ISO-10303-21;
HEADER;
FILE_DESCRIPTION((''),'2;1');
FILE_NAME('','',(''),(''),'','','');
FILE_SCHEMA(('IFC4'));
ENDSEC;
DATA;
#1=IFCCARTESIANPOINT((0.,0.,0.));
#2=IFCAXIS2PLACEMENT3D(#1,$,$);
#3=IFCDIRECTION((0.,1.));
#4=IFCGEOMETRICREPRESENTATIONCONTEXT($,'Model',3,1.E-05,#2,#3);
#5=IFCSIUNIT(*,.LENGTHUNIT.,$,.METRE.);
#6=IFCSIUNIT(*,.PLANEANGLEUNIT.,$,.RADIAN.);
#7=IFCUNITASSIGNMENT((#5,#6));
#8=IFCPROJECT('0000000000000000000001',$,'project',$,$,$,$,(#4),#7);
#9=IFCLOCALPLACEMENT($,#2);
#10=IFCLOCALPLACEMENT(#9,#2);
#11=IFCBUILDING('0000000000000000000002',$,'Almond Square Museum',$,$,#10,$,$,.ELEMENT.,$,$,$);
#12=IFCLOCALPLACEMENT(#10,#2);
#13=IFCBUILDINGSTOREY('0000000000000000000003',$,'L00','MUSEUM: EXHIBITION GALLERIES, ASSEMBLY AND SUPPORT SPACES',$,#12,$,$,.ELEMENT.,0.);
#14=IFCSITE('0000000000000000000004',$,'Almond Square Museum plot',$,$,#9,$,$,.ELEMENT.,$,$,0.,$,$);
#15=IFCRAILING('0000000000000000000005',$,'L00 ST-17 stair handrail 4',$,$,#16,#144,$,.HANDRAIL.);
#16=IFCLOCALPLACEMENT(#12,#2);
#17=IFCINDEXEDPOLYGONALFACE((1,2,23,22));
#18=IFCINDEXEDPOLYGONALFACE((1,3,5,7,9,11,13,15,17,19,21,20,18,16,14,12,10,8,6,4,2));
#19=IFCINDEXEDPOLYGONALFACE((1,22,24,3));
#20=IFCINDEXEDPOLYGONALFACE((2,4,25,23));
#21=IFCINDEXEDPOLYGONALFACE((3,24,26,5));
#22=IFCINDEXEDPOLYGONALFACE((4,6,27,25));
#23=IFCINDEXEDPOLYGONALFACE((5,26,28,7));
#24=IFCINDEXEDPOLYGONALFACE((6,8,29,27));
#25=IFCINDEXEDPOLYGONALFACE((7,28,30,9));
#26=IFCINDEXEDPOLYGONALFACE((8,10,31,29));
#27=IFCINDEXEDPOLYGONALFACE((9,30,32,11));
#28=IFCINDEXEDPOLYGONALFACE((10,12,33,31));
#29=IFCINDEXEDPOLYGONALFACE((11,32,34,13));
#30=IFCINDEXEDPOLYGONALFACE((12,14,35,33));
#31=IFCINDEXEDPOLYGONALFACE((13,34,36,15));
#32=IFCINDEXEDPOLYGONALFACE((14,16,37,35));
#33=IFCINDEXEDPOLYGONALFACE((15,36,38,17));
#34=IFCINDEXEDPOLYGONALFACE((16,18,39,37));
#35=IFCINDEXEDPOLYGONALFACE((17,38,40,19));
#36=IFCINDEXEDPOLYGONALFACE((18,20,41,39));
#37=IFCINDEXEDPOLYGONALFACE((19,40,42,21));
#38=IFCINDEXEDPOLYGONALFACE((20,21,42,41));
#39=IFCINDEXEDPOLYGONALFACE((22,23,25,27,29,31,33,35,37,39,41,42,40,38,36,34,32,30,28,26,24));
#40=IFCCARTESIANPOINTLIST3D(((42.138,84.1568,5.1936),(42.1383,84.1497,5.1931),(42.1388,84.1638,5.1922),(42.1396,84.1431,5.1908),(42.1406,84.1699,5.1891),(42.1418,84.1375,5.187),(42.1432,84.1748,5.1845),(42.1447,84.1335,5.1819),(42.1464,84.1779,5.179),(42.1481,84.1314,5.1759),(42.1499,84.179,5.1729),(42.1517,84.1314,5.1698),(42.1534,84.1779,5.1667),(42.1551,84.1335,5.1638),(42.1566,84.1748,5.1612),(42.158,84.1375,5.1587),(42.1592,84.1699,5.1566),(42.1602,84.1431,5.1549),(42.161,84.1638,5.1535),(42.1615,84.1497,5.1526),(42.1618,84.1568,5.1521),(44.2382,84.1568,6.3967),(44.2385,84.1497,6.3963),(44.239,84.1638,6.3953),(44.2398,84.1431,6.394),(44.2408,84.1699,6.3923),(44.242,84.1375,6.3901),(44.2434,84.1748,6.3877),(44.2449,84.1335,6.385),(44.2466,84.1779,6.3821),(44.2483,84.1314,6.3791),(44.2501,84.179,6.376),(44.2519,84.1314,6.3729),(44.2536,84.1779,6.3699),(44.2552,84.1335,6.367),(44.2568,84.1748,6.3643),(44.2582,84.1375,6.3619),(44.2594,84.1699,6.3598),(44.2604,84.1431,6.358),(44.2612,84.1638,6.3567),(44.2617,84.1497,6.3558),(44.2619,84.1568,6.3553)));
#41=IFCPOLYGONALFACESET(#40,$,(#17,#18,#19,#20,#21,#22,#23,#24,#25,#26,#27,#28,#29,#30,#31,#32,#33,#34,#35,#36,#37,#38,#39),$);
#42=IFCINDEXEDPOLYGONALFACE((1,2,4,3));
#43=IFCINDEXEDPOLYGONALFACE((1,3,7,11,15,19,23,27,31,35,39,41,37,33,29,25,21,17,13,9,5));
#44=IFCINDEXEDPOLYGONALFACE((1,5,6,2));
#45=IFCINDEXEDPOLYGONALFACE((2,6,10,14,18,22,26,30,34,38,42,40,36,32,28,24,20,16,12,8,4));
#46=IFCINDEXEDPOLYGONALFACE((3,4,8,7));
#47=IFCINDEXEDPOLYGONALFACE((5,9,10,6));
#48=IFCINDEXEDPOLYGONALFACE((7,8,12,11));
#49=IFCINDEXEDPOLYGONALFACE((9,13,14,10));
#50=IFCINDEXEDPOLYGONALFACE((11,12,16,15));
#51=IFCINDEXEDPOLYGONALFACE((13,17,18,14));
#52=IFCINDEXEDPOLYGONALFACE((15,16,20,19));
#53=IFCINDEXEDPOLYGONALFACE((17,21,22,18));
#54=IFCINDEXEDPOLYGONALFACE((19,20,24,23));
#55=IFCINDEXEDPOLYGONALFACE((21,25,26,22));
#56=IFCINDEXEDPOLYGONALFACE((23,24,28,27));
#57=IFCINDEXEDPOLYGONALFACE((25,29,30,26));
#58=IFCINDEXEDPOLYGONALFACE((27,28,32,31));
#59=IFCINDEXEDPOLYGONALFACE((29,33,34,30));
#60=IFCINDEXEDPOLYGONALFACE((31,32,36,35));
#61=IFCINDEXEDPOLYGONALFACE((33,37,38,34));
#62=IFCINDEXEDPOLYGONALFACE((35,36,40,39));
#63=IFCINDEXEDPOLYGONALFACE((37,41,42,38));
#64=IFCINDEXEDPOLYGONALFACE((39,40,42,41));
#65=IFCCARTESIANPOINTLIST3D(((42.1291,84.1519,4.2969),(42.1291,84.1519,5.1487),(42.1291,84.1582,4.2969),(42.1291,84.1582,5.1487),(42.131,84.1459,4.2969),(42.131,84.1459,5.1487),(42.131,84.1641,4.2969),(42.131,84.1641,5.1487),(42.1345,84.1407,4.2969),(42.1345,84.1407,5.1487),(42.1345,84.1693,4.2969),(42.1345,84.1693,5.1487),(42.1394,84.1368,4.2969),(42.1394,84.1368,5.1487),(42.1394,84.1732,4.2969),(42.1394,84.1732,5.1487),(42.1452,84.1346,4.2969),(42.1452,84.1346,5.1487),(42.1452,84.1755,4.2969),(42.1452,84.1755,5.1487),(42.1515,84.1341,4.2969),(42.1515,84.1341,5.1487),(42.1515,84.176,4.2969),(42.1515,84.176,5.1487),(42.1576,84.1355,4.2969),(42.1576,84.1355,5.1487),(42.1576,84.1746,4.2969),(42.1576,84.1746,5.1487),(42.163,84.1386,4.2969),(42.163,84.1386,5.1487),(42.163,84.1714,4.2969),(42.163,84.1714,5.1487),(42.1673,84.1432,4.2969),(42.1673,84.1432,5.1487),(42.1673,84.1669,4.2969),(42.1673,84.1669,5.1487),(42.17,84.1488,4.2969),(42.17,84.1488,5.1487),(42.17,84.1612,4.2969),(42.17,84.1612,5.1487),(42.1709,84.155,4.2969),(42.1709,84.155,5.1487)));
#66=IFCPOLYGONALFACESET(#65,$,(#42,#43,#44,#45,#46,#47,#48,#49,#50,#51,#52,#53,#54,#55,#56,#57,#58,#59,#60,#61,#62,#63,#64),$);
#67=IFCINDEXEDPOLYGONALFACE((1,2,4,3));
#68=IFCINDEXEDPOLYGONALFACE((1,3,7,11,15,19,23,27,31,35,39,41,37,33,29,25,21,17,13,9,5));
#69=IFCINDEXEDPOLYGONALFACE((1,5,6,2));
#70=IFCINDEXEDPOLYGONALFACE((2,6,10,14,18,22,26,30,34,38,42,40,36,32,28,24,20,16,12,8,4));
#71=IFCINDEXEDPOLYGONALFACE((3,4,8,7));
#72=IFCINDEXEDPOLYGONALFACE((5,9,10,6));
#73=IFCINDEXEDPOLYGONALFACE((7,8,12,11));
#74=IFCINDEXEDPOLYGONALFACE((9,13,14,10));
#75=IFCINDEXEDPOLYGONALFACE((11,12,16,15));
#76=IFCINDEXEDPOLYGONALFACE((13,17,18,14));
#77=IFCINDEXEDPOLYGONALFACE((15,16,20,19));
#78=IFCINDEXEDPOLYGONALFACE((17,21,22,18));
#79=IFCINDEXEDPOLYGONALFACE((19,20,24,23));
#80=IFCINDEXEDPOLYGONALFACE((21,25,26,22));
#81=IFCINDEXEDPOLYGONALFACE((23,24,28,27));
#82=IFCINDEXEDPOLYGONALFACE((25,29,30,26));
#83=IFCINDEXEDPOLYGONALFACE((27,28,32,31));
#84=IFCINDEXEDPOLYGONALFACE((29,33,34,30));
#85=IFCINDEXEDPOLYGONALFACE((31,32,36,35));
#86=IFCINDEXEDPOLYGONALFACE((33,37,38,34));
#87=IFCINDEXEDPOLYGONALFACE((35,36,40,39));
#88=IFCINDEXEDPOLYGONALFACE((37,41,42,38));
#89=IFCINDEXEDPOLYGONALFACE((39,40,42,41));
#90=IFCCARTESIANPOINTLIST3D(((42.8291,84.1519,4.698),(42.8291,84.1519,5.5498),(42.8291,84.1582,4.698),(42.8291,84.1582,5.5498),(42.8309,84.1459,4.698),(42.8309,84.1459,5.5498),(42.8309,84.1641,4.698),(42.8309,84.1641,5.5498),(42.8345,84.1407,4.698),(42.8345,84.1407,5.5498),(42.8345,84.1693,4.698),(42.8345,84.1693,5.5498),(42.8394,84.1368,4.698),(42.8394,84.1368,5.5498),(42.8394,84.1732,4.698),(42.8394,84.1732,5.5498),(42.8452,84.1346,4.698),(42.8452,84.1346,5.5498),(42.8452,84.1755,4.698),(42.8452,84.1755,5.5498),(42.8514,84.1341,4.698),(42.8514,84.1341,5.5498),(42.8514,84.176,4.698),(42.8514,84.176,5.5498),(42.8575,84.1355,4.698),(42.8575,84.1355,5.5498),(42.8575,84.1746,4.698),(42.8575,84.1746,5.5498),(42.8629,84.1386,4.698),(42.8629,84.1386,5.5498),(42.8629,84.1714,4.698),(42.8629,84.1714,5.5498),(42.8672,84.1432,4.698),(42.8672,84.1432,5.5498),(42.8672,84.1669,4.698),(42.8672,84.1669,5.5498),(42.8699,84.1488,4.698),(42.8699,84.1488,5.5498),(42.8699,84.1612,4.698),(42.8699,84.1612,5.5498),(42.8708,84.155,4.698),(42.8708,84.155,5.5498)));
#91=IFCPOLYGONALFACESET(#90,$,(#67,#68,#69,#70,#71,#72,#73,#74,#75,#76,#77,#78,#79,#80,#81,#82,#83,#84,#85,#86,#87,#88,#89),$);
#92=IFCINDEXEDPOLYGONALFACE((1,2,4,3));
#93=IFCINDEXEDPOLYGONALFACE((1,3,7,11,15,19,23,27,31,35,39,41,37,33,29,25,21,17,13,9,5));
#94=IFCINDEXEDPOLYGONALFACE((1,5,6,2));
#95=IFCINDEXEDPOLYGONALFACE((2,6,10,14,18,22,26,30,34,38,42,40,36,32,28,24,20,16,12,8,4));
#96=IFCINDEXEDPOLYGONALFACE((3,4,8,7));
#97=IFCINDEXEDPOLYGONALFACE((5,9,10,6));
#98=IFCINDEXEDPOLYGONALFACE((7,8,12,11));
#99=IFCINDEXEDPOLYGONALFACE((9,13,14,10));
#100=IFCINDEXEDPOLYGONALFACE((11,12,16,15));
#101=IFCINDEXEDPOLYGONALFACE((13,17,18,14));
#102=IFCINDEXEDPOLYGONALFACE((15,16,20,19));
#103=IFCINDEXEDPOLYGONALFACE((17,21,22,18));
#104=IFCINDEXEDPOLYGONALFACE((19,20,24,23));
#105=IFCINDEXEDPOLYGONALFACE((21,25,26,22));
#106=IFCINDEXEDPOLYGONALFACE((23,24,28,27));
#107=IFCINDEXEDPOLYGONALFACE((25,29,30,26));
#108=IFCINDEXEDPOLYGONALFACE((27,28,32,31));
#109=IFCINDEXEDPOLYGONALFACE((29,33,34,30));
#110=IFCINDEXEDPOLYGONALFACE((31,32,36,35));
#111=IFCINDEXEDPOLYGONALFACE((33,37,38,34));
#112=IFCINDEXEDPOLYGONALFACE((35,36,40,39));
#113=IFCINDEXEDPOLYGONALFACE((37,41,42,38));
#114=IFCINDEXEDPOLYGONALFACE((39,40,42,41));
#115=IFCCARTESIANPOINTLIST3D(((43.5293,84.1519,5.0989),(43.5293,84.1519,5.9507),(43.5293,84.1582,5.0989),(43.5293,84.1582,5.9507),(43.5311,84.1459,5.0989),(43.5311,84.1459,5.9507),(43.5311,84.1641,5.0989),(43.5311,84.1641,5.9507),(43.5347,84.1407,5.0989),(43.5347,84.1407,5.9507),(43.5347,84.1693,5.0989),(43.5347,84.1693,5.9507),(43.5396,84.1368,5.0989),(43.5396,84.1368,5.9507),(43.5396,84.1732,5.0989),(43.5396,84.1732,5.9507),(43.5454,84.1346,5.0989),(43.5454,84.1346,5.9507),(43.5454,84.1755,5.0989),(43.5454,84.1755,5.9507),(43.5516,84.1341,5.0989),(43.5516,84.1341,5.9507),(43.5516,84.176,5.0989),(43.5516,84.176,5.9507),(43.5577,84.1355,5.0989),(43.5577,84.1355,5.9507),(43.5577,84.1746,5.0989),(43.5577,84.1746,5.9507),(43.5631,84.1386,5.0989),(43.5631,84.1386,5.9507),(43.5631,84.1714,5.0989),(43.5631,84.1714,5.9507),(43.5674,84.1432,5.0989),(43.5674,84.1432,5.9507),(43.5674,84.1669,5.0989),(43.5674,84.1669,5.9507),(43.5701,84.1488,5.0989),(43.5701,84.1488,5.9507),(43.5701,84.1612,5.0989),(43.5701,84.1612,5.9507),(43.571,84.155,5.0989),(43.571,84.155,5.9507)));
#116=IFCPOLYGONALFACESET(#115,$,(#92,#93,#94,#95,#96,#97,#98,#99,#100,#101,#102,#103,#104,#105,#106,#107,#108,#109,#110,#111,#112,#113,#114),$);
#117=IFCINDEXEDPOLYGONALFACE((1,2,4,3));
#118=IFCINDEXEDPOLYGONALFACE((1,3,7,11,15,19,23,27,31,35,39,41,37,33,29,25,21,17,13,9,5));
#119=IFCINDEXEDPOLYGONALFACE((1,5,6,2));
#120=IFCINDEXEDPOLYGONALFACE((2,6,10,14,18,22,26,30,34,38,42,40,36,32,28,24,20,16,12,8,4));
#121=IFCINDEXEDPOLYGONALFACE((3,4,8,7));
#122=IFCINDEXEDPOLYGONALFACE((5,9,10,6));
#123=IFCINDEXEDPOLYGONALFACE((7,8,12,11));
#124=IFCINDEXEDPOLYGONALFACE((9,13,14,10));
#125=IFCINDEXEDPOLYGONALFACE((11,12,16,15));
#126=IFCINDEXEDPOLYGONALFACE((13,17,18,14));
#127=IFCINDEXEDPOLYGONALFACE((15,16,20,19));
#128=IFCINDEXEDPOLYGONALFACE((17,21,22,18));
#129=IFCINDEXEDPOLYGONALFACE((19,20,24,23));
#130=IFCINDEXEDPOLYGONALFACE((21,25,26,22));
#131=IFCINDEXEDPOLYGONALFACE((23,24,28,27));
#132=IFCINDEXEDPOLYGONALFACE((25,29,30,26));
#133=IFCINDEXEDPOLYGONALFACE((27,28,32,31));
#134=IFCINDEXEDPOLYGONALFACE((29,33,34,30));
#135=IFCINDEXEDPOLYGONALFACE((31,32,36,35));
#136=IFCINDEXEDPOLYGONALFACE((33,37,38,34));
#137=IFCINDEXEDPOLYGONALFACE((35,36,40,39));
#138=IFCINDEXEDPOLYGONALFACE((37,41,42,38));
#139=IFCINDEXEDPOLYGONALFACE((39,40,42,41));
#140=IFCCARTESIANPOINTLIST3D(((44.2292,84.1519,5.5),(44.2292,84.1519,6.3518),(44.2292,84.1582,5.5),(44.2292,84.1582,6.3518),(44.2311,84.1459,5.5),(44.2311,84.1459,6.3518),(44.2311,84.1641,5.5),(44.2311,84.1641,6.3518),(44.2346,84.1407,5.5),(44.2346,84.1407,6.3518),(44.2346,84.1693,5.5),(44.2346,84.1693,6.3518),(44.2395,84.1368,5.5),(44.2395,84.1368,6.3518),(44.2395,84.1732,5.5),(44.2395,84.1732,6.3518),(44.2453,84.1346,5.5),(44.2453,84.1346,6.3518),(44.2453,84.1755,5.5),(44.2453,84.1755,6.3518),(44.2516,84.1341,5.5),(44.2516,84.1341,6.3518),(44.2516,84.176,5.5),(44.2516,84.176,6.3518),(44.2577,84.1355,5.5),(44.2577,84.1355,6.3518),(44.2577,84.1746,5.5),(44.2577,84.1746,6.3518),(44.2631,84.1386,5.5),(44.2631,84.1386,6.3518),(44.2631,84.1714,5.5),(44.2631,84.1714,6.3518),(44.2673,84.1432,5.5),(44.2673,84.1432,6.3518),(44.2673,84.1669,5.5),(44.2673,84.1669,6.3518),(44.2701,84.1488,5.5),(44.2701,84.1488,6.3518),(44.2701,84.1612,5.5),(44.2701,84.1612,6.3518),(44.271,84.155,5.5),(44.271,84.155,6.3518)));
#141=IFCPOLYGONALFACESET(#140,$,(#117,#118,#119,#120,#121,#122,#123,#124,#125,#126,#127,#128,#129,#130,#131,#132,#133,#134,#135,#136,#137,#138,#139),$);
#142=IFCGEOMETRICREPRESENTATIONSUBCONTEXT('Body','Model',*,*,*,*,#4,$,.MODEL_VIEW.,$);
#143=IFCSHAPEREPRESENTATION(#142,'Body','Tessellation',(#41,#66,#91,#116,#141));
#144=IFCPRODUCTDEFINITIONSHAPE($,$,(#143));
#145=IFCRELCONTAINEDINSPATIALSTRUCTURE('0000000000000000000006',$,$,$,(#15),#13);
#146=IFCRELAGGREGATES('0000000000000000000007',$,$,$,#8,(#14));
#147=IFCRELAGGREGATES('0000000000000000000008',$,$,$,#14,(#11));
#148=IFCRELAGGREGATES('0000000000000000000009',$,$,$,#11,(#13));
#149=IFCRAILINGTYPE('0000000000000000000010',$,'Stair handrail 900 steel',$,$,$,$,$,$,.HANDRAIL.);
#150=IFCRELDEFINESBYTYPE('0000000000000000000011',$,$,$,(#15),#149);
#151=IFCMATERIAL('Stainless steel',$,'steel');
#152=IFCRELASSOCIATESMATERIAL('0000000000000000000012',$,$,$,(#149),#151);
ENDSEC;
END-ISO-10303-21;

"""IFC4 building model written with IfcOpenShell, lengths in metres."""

from ifc_helpers import new_model, si_unit, direction, frame, origin, origin_2d, place, context, subcontext, project, spatial, circle, extrude, material, type_object, element, save


model = new_model("IFC4")

# Units and contexts
model_context = context("Model", 3, precision=1e-05, world=origin(), true_north=direction((0.0, 1.0)))
body_context = subcontext(model_context, "Body", "Model", "MODEL_VIEW")
ifc_project = project(units=[si_unit("LENGTHUNIT", "METRE"), si_unit("PLANEANGLEUNIT", "RADIAN")], contexts=[model_context])

# Site, building, storey
site_placement = place(None, origin())
site = spatial("IfcSite", under=ifc_project, at=site_placement, Name="Almond Square Museum plot", CompositionType="ELEMENT", RefElevation=0.0)
building_placement = place(site_placement, origin())
building = spatial("IfcBuilding", under=site, at=building_placement, Name="Almond Square Museum", CompositionType="ELEMENT")
storey_placement = place(building_placement, origin())
storey = spatial("IfcBuildingStorey", under=building, at=storey_placement, Name="L00", Description="MUSEUM: EXHIBITION GALLERIES, ASSEMBLY AND SUPPORT SPACES", CompositionType="ELEMENT", Elevation=0.0)

# Railing
ifc_material_1 = material(Name="Stainless steel", Category="steel")
railing_type = type_object("IfcRailingType", Name="Stair handrail 900 steel", PredefinedType="HANDRAIL", material=ifc_material_1)
for number, where, name in (
    (1, (42.1499, 84.155, 4.2969), "L00 ST-17 stair handrail 4"),
):
    element("IfcRailing", number, at=place(storey_placement, frame(where)), inside=storey, type_object=railing_type, Name=name, PredefinedType="HANDRAIL", context=body_context, shape_type="SweptSolid", body=[
        extrude(circle(Radius=0.0239, at=origin_2d()), frame((0.0, 0.0, 0.876), z_axis=(0.867696, 0.0, 0.497095), x_axis=(0.0, 1.0, 0.0)), (0.0, 0.0, 1.0), 2.4204),
        extrude(circle(Radius=0.021, at=origin_2d()), origin(), (0.0, 0.0, 1.0), 0.8518),
        extrude(circle(Radius=0.021, at=origin_2d()), frame((0.7, 0.0, 0.4011)), (0.0, 0.0, 1.0), 0.8518),
        extrude(circle(Radius=0.021, at=origin_2d()), frame((1.4001, 0.0, 0.802)), (0.0, 0.0, 1.0), 0.8518),
        extrude(circle(Radius=0.021, at=origin_2d()), frame((2.1001, 0.0, 1.2031)), (0.0, 0.0, 1.0), 0.8518),
    ])

save(model, "model.ifc")
